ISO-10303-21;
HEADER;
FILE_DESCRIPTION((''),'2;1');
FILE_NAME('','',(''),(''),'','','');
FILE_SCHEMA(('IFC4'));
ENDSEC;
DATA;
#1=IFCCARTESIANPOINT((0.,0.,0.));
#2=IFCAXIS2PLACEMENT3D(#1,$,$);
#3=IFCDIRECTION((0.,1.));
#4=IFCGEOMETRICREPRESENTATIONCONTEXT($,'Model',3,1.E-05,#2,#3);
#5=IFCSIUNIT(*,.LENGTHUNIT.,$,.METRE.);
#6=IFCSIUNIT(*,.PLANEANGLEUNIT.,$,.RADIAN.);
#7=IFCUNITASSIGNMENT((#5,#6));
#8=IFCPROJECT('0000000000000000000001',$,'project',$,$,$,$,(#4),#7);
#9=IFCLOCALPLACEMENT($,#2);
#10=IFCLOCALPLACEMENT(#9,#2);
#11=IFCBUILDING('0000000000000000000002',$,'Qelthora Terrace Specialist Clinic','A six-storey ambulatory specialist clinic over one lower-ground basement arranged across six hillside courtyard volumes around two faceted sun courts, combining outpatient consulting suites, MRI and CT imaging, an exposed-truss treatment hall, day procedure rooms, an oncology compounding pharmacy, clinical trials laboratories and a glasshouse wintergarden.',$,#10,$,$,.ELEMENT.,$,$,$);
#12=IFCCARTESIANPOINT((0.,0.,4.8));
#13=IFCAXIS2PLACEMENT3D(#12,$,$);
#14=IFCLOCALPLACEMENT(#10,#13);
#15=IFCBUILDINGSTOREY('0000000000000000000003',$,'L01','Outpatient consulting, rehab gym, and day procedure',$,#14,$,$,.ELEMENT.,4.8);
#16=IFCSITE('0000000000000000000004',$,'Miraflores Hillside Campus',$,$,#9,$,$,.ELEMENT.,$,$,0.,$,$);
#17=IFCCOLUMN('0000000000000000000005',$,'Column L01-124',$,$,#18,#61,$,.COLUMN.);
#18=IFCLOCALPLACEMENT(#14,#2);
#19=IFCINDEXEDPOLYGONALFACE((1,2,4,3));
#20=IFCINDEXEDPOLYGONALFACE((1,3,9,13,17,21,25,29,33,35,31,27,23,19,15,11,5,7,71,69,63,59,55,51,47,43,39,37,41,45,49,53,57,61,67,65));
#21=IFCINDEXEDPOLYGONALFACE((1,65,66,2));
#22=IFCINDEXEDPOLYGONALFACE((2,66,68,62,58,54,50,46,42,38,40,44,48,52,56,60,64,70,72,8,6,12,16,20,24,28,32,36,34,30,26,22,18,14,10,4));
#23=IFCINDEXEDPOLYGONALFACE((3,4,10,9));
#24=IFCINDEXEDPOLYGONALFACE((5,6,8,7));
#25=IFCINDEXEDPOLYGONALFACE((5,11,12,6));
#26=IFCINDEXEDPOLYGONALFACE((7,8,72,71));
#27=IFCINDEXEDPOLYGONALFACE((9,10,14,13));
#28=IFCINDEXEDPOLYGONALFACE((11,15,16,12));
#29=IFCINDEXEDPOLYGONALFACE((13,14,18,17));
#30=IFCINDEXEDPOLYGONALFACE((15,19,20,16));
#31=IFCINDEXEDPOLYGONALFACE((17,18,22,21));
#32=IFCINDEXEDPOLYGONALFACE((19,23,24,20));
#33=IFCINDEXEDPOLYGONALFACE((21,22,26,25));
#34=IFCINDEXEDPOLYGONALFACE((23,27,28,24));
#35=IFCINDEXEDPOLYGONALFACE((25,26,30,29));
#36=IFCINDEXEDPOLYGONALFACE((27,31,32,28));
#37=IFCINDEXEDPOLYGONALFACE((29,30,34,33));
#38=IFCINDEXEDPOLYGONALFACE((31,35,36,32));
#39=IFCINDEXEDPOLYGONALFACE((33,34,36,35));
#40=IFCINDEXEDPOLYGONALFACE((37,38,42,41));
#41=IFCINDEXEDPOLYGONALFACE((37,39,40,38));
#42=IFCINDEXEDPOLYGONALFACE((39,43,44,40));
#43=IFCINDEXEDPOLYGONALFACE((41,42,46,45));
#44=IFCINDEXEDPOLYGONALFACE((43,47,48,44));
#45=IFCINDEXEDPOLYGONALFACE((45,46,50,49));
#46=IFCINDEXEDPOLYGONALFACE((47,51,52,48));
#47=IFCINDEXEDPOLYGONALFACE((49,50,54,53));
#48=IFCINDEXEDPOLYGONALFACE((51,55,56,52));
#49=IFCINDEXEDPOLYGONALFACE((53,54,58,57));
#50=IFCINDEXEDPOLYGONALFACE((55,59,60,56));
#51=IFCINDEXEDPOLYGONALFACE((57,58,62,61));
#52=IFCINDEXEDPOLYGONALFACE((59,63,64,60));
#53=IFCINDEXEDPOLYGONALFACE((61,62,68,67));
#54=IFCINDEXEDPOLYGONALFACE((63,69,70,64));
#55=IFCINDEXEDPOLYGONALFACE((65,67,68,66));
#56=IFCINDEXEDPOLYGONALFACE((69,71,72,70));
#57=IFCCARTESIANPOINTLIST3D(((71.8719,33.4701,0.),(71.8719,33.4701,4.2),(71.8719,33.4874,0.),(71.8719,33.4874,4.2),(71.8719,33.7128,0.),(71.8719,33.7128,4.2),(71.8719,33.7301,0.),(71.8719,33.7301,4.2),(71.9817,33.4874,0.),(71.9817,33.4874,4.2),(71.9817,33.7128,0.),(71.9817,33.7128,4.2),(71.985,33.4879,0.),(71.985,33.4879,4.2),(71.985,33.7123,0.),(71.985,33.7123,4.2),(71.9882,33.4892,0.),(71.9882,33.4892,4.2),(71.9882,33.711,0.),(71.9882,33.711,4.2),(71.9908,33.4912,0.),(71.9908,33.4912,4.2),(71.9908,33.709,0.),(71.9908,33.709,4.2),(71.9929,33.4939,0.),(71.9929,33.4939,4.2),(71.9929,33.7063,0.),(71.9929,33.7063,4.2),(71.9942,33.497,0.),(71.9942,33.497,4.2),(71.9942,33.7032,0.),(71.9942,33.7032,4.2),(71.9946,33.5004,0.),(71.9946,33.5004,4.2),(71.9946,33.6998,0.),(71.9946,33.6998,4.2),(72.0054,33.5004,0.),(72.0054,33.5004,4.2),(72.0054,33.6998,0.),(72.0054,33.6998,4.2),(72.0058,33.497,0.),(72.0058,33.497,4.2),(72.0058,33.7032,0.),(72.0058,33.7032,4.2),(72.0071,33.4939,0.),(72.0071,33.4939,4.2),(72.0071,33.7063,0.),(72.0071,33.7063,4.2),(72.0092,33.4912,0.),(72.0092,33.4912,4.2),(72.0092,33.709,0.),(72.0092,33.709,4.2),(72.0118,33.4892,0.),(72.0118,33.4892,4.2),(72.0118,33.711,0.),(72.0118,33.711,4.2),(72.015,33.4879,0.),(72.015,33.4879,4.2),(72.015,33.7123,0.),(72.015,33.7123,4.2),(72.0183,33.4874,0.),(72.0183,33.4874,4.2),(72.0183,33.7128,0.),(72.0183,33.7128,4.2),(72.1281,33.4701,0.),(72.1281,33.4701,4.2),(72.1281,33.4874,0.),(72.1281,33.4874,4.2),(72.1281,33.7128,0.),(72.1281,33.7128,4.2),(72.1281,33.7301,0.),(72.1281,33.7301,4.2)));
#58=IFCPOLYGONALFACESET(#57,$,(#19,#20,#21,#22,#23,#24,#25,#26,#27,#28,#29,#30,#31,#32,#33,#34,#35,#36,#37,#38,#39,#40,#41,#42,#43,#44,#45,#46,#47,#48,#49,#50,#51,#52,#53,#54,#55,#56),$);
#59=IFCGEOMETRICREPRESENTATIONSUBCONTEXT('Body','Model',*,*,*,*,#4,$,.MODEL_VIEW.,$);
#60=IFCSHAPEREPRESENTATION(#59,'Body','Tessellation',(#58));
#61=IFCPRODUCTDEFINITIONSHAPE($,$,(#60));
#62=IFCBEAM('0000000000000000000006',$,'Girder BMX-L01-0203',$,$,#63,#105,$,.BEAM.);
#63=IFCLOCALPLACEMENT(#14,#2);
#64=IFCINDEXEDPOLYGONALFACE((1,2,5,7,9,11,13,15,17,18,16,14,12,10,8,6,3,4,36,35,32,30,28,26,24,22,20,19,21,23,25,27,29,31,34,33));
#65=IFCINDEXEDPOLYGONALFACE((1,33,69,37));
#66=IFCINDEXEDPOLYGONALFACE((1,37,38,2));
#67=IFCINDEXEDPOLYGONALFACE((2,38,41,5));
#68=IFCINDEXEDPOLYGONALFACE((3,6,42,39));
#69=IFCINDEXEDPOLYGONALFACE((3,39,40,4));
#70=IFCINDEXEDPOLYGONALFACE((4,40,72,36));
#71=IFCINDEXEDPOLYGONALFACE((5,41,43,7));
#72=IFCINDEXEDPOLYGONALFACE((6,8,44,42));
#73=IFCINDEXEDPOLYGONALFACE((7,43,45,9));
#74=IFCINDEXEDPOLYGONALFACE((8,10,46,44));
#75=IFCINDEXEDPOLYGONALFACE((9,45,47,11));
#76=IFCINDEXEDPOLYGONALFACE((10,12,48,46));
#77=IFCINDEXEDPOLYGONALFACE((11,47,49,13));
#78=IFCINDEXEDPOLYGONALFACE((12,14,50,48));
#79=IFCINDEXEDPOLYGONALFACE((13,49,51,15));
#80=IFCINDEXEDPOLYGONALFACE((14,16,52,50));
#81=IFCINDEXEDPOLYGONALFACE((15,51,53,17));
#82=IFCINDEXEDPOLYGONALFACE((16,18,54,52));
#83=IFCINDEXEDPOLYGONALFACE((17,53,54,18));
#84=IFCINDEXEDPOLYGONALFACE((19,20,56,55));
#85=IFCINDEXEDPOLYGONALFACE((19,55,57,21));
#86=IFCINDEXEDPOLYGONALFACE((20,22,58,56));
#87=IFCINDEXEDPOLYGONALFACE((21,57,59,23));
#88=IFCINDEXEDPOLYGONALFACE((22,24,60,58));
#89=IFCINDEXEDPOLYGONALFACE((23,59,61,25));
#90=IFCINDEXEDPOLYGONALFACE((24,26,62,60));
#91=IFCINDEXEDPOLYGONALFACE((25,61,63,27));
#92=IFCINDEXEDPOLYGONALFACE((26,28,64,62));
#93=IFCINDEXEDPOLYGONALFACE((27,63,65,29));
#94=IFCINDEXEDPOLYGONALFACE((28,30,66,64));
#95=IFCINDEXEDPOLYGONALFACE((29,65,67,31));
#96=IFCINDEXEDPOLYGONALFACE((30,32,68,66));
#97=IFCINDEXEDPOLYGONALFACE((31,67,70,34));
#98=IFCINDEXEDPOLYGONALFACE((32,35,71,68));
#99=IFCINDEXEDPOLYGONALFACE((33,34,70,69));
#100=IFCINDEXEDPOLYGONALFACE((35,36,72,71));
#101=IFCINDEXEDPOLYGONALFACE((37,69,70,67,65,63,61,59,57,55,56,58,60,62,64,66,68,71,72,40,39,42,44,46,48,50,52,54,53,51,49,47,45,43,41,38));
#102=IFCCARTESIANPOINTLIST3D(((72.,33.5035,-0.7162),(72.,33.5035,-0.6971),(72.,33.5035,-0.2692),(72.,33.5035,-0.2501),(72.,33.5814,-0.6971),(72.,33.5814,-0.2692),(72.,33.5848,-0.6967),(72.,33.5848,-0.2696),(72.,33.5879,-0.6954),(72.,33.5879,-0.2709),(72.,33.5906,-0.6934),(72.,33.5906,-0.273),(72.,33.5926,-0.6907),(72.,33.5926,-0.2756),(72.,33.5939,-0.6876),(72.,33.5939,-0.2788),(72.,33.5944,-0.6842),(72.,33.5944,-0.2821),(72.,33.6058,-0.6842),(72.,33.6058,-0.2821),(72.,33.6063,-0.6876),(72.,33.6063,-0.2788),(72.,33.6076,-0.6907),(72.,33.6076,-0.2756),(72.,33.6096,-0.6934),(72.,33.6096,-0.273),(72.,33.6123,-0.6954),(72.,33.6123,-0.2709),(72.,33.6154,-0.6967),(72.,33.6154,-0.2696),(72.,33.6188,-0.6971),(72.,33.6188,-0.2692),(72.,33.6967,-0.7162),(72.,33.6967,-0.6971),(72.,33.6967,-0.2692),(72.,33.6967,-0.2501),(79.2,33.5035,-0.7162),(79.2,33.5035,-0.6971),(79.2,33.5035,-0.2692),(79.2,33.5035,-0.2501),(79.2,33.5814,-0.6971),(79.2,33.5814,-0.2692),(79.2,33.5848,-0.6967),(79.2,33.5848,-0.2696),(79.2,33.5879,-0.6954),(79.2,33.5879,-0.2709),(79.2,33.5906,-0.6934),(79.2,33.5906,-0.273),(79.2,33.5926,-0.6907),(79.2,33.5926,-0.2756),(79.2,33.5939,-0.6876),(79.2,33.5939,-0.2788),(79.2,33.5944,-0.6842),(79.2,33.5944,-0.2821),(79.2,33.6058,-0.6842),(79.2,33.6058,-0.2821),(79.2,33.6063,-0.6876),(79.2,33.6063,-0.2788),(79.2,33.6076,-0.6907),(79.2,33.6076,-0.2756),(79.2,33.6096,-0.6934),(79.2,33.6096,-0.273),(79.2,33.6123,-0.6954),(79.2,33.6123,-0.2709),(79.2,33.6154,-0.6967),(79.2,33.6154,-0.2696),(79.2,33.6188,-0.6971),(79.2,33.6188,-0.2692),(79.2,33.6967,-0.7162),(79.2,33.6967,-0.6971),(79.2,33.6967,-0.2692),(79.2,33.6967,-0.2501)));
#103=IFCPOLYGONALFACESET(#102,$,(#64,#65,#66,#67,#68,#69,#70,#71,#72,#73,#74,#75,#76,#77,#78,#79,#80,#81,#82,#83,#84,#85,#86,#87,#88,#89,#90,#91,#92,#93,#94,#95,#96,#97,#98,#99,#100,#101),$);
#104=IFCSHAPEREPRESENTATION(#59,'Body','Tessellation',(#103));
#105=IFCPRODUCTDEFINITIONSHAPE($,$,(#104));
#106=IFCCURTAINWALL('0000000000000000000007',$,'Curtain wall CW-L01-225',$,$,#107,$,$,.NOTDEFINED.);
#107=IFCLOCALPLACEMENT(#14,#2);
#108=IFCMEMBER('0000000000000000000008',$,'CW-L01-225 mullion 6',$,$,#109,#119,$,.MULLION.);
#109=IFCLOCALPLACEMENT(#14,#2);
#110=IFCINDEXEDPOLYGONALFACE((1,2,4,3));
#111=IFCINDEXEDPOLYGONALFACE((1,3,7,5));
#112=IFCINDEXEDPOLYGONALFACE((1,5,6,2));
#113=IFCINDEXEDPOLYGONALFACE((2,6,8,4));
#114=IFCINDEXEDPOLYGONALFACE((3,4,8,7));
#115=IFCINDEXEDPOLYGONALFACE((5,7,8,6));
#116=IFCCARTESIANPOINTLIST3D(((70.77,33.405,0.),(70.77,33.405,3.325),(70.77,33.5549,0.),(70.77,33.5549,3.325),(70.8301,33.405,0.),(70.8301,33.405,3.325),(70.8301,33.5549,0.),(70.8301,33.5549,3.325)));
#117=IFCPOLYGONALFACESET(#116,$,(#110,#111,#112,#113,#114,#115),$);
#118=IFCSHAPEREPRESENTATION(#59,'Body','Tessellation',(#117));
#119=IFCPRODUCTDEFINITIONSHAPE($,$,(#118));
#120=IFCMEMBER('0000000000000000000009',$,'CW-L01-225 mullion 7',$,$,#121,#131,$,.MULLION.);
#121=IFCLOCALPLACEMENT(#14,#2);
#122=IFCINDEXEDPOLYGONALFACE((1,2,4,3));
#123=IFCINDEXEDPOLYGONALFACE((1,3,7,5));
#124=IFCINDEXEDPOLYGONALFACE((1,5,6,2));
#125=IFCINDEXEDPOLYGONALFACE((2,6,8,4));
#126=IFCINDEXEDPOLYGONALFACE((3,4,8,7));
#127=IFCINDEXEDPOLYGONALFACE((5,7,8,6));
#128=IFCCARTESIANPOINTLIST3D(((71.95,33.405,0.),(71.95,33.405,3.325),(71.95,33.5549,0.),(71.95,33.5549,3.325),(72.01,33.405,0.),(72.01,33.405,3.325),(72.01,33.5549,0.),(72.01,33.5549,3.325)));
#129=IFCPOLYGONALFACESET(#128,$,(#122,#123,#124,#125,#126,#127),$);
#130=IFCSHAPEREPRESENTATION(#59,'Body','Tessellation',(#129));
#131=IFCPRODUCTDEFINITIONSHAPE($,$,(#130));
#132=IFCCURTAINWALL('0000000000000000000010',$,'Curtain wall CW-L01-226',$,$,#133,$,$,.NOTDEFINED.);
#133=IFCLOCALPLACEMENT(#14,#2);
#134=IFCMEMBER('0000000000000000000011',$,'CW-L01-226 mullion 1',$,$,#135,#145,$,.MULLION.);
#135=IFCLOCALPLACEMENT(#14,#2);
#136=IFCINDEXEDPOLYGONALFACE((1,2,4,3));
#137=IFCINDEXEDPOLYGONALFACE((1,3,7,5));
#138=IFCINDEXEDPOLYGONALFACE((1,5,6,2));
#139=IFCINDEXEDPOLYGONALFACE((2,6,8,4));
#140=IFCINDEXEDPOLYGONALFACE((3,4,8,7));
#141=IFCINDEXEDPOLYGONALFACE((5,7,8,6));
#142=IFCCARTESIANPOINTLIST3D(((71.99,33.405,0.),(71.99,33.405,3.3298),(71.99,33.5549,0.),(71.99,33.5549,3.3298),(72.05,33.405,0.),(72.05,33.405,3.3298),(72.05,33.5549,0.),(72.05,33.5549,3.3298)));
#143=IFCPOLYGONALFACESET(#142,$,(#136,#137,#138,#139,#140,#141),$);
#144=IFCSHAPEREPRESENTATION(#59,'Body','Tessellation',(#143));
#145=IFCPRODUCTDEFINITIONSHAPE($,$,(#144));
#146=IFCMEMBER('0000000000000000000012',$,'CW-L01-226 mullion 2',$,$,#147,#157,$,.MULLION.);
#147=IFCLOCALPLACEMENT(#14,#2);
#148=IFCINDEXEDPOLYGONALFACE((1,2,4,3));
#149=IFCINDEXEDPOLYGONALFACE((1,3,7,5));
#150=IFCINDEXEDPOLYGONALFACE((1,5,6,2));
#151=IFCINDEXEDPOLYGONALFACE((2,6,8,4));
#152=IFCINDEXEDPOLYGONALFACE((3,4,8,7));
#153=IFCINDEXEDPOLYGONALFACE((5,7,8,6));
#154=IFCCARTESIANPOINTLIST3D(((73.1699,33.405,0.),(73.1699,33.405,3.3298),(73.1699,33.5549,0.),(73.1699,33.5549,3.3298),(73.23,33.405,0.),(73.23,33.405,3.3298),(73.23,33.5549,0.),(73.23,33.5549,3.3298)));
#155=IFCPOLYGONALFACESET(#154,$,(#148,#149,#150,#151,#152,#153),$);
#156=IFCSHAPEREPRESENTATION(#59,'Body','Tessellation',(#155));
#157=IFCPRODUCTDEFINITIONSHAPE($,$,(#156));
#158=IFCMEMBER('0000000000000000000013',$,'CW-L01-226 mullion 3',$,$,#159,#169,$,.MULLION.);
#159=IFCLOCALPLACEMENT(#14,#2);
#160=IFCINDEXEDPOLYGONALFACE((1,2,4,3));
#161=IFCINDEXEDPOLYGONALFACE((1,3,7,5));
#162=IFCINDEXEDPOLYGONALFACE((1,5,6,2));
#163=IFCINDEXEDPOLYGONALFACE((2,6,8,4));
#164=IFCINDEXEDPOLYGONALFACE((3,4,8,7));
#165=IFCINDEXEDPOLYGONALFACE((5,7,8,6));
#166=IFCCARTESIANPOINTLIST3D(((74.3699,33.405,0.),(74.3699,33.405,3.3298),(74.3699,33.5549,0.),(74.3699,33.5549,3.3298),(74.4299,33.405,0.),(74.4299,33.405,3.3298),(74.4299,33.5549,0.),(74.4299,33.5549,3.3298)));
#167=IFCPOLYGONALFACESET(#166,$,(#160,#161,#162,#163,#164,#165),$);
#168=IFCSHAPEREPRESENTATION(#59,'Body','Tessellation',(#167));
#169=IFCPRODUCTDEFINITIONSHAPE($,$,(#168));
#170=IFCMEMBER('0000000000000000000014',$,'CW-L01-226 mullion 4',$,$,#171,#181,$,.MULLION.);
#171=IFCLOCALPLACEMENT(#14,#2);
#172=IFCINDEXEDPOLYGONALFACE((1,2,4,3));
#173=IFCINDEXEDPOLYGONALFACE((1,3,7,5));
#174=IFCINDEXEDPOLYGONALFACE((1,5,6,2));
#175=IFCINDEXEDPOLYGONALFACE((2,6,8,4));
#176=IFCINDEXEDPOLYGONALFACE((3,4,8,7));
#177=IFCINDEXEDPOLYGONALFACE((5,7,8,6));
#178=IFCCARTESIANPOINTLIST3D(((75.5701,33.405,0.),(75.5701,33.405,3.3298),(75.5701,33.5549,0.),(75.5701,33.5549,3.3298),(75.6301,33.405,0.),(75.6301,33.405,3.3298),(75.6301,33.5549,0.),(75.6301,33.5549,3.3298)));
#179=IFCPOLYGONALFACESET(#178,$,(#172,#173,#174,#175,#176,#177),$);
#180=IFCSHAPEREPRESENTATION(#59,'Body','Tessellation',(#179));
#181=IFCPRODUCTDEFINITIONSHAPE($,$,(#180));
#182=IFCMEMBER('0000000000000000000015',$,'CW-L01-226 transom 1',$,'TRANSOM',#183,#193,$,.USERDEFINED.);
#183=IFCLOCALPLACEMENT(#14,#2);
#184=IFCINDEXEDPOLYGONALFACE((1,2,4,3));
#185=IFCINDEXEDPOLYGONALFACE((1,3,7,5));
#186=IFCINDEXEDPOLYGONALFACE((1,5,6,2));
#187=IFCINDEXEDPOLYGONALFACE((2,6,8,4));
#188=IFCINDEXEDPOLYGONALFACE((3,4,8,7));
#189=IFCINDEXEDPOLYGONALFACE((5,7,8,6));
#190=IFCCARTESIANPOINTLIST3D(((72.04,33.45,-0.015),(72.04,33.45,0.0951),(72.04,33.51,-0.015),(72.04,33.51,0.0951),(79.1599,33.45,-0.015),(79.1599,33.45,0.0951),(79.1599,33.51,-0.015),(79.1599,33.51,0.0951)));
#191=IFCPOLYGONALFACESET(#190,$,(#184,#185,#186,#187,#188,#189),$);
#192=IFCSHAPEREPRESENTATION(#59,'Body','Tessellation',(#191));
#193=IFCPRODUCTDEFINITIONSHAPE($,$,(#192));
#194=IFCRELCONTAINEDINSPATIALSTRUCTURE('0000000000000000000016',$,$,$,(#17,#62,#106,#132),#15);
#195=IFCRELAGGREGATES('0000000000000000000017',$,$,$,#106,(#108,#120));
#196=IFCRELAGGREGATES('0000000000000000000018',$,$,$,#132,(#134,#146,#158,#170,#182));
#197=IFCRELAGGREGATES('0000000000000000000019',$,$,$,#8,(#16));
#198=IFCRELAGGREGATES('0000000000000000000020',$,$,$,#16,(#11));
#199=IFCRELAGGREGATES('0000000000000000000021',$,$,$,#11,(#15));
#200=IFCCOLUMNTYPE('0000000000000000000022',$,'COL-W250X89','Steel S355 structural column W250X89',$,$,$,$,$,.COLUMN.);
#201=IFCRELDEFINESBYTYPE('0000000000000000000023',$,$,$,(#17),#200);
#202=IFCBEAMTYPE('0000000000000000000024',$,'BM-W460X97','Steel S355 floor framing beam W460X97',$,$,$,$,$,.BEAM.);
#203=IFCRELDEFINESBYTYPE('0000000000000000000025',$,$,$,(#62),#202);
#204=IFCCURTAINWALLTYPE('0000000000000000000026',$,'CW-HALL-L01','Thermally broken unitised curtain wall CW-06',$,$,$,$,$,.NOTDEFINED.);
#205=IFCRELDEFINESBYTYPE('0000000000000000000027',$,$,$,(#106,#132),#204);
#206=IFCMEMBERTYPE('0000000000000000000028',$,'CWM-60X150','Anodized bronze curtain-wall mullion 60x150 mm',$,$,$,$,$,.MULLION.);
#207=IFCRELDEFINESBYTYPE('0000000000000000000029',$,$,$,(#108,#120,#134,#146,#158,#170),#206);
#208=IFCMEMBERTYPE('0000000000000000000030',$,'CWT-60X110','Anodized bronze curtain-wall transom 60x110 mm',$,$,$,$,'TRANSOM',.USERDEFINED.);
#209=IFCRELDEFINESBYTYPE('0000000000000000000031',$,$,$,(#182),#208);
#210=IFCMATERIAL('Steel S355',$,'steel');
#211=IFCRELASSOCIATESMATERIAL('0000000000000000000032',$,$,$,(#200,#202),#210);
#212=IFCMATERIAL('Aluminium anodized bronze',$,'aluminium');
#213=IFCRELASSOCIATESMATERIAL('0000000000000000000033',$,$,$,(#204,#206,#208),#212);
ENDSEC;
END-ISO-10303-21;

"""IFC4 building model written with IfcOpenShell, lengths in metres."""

from ifc_helpers import new_model, si_unit, direction, frame, origin, origin_2d, place, context, subcontext, project, spatial, rectangle, i_section, extrude, material, material_profile, profile_set, type_object, element, aggregate, save


model = new_model("IFC4")

# Units and contexts
model_context = context("Model", 3, precision=1e-05, world=origin(), true_north=direction((0.0, 1.0)))
body_context = subcontext(model_context, "Body", "Model", "MODEL_VIEW")
ifc_project = project(units=[si_unit("LENGTHUNIT", "METRE"), si_unit("PLANEANGLEUNIT", "RADIAN")], contexts=[model_context])

# Site, building, storey
site_placement = place(None, origin())
site = spatial("IfcSite", under=ifc_project, at=site_placement, Name="Miraflores Hillside Campus", CompositionType="ELEMENT", RefElevation=0.0)
building_placement = place(site_placement, origin())
building = spatial("IfcBuilding", under=site, at=building_placement, Name="Qelthora Terrace Specialist Clinic", Description="A six-storey ambulatory specialist clinic over one lower-ground basement arranged across six hillside courtyard volumes around two faceted sun courts, combining outpatient consulting suites, MRI and CT imaging, an exposed-truss treatment hall, day procedure rooms, an oncology compounding pharmacy, clinical trials laboratories and a glasshouse wintergarden.", CompositionType="ELEMENT")
storey_placement = place(building_placement, frame((0.0, 0.0, 4.8)))
storey = spatial("IfcBuildingStorey", under=building, at=storey_placement, Name="L01", Description="Outpatient consulting, rehab gym, and day procedure", CompositionType="ELEMENT", Elevation=4.8)

# Column
ifc_material_1 = material(Name="Steel S355", Category="steel")
ifc_material_profile_1 = material_profile(ifc_material_1, i_section(OverallWidth=0.2561, OverallDepth=0.26, WebThickness=0.0107, FlangeThickness=0.0173, FilletRadius=0.0129, at=origin_2d()), Name="W250X89")
ifc_profile_set_1 = profile_set([ifc_material_profile_1], Name="Steel S355")
column_type = type_object("IfcColumnType", Name="COL-W250X89", Description="Steel S355 structural column W250X89", PredefinedType="COLUMN", material=ifc_profile_set_1)
column_placement = place(storey_placement, frame((72.0, 33.6001, 0.0), z_axis=(0.0, 0.0, 1.0), x_axis=(1.0, 0.0, 0.0)))
element("IfcColumn", 1, at=column_placement, inside=storey, type_object=column_type, Name="Column L01-124", PredefinedType="COLUMN", context=body_context, shape_type="SweptSolid", body=[
    extrude(i_section(OverallWidth=0.2561, OverallDepth=0.26, WebThickness=0.0107, FlangeThickness=0.0173, FilletRadius=0.0129, at=origin_2d()), origin(), (0.0, 0.0, 1.0), 4.2),
])

# Beam
ifc_material_profile_2 = material_profile(ifc_material_1, i_section(OverallWidth=0.1931, OverallDepth=0.4661, WebThickness=0.0115, FlangeThickness=0.019, FilletRadius=0.0129, at=origin_2d()), Name="W460X97")
ifc_profile_set_2 = profile_set([ifc_material_profile_2], Name="Steel S355")
beam_type = type_object("IfcBeamType", Name="BM-W460X97", Description="Steel S355 floor framing beam W460X97", PredefinedType="BEAM", material=ifc_profile_set_2)
beam_placement = place(storey_placement, frame((72.0, 33.6001, -0.4832), z_axis=(1.0, 0.0, 0.0), x_axis=(0.0, 1.0, 0.0)))
element("IfcBeam", 2, at=beam_placement, inside=storey, type_object=beam_type, Name="Girder BMX-L01-0203", PredefinedType="BEAM", context=body_context, shape_type="SweptSolid", body=[
    extrude(i_section(OverallWidth=0.1931, OverallDepth=0.4661, WebThickness=0.0115, FlangeThickness=0.019, FilletRadius=0.0129, at=origin_2d()), origin(), (0.0, 0.0, 1.0), 7.2),
])

# Curtain walls, members
ifc_material_2 = material(Name="Aluminium anodized bronze", Category="aluminium")
curtain_wall_type = type_object("IfcCurtainWallType", Name="CW-HALL-L01", Description="Thermally broken unitised curtain wall CW-06", PredefinedType="NOTDEFINED", material=ifc_material_2)
curtain_wall_1_placement = place(storey_placement, origin())
curtain_wall_1 = element("IfcCurtainWall", 3, at=curtain_wall_1_placement, inside=storey, type_object=curtain_wall_type, Name="Curtain wall CW-L01-225", PredefinedType="NOTDEFINED")
ifc_material_profile_3 = material_profile(ifc_material_2, rectangle(XDim=0.0601, YDim=0.1499, at=origin_2d()), Name="CWM60X150")
ifc_profile_set_3 = profile_set([ifc_material_profile_3], Name="Aluminium anodized bronze")
member_type_1 = type_object("IfcMemberType", Name="CWM-60X150", Description="Anodized bronze curtain-wall mullion 60x150 mm", PredefinedType="MULLION", material=ifc_profile_set_3)
member_1_placement = place(storey_placement, frame((70.8, 33.48, 0.0), z_axis=(0.0, 0.0, 1.0), x_axis=(1.0, 0.0, 0.0)))
member_1 = element("IfcMember", 4, at=member_1_placement, type_object=member_type_1, Name="CW-L01-225 mullion 6", PredefinedType="MULLION", context=body_context, shape_type="SweptSolid", body=[
    extrude(rectangle(XDim=0.0601, YDim=0.1499, at=origin_2d()), origin(), (0.0, 0.0, 1.0), 3.325),
])
member_2_placement = place(storey_placement, frame((71.98, 33.48, 0.0), z_axis=(0.0, 0.0, 1.0), x_axis=(1.0, 0.0, 0.0)))
member_2 = element("IfcMember", 5, at=member_2_placement, type_object=member_type_1, Name="CW-L01-225 mullion 7", PredefinedType="MULLION", context=body_context, shape_type="SweptSolid", body=[
    extrude(rectangle(XDim=0.0601, YDim=0.1499, at=origin_2d()), origin(), (0.0, 0.0, 1.0), 3.325),
])
curtain_wall_2_placement = place(storey_placement, origin())
curtain_wall_2 = element("IfcCurtainWall", 6, at=curtain_wall_2_placement, inside=storey, type_object=curtain_wall_type, Name="Curtain wall CW-L01-226", PredefinedType="NOTDEFINED")
member_3_placement = place(storey_placement, frame((72.02, 33.48, 0.0), z_axis=(0.0, 0.0, 1.0), x_axis=(1.0, 0.0, 0.0)))
member_3 = element("IfcMember", 7, at=member_3_placement, type_object=member_type_1, Name="CW-L01-226 mullion 1", PredefinedType="MULLION", context=body_context, shape_type="SweptSolid", body=[
    extrude(rectangle(XDim=0.0601, YDim=0.1499, at=origin_2d()), origin(), (0.0, 0.0, 1.0), 3.3298),
])
member_4_placement = place(storey_placement, frame((73.2, 33.48, 0.0), z_axis=(0.0, 0.0, 1.0), x_axis=(1.0, 0.0, 0.0)))
member_4 = element("IfcMember", 8, at=member_4_placement, type_object=member_type_1, Name="CW-L01-226 mullion 2", PredefinedType="MULLION", context=body_context, shape_type="SweptSolid", body=[
    extrude(rectangle(XDim=0.0601, YDim=0.1499, at=origin_2d()), origin(), (0.0, 0.0, 1.0), 3.3298),
])
member_5_placement = place(storey_placement, frame((74.3999, 33.48, 0.0), z_axis=(0.0, 0.0, 1.0), x_axis=(1.0, 0.0, 0.0)))
member_5 = element("IfcMember", 9, at=member_5_placement, type_object=member_type_1, Name="CW-L01-226 mullion 3", PredefinedType="MULLION", context=body_context, shape_type="SweptSolid", body=[
    extrude(rectangle(XDim=0.0601, YDim=0.1499, at=origin_2d()), origin(), (0.0, 0.0, 1.0), 3.3298),
])
member_6_placement = place(storey_placement, frame((75.6001, 33.48, 0.0), z_axis=(0.0, 0.0, 1.0), x_axis=(1.0, 0.0, 0.0)))
member_6 = element("IfcMember", 10, at=member_6_placement, type_object=member_type_1, Name="CW-L01-226 mullion 4", PredefinedType="MULLION", context=body_context, shape_type="SweptSolid", body=[
    extrude(rectangle(XDim=0.0601, YDim=0.1499, at=origin_2d()), origin(), (0.0, 0.0, 1.0), 3.3298),
])
ifc_material_profile_4 = material_profile(ifc_material_2, rectangle(XDim=0.0601, YDim=0.1101, at=origin_2d()), Name="CWT60X110")
ifc_profile_set_4 = profile_set([ifc_material_profile_4], Name="Aluminium anodized bronze")
member_type_2 = type_object("IfcMemberType", Name="CWT-60X110", Description="Anodized bronze curtain-wall transom 60x110 mm", ElementType="TRANSOM", PredefinedType="USERDEFINED", material=ifc_profile_set_4)
member_7_placement = place(storey_placement, frame((72.04, 33.48, 0.04), z_axis=(1.0, 0.0, 0.0), x_axis=(0.0, 1.0, 0.0)))
member_7 = element("IfcMember", 11, at=member_7_placement, type_object=member_type_2, Name="CW-L01-226 transom 1", ObjectType="TRANSOM", PredefinedType="USERDEFINED", context=body_context, shape_type="SweptSolid", body=[
    extrude(rectangle(XDim=0.0601, YDim=0.1101, at=origin_2d()), origin(), (0.0, 0.0, 1.0), 7.1199),
])

aggregate(curtain_wall_1, [member_1, member_2])
aggregate(curtain_wall_2, [member_3, member_4, member_5, member_6, member_7])

save(model, "model.ifc")
